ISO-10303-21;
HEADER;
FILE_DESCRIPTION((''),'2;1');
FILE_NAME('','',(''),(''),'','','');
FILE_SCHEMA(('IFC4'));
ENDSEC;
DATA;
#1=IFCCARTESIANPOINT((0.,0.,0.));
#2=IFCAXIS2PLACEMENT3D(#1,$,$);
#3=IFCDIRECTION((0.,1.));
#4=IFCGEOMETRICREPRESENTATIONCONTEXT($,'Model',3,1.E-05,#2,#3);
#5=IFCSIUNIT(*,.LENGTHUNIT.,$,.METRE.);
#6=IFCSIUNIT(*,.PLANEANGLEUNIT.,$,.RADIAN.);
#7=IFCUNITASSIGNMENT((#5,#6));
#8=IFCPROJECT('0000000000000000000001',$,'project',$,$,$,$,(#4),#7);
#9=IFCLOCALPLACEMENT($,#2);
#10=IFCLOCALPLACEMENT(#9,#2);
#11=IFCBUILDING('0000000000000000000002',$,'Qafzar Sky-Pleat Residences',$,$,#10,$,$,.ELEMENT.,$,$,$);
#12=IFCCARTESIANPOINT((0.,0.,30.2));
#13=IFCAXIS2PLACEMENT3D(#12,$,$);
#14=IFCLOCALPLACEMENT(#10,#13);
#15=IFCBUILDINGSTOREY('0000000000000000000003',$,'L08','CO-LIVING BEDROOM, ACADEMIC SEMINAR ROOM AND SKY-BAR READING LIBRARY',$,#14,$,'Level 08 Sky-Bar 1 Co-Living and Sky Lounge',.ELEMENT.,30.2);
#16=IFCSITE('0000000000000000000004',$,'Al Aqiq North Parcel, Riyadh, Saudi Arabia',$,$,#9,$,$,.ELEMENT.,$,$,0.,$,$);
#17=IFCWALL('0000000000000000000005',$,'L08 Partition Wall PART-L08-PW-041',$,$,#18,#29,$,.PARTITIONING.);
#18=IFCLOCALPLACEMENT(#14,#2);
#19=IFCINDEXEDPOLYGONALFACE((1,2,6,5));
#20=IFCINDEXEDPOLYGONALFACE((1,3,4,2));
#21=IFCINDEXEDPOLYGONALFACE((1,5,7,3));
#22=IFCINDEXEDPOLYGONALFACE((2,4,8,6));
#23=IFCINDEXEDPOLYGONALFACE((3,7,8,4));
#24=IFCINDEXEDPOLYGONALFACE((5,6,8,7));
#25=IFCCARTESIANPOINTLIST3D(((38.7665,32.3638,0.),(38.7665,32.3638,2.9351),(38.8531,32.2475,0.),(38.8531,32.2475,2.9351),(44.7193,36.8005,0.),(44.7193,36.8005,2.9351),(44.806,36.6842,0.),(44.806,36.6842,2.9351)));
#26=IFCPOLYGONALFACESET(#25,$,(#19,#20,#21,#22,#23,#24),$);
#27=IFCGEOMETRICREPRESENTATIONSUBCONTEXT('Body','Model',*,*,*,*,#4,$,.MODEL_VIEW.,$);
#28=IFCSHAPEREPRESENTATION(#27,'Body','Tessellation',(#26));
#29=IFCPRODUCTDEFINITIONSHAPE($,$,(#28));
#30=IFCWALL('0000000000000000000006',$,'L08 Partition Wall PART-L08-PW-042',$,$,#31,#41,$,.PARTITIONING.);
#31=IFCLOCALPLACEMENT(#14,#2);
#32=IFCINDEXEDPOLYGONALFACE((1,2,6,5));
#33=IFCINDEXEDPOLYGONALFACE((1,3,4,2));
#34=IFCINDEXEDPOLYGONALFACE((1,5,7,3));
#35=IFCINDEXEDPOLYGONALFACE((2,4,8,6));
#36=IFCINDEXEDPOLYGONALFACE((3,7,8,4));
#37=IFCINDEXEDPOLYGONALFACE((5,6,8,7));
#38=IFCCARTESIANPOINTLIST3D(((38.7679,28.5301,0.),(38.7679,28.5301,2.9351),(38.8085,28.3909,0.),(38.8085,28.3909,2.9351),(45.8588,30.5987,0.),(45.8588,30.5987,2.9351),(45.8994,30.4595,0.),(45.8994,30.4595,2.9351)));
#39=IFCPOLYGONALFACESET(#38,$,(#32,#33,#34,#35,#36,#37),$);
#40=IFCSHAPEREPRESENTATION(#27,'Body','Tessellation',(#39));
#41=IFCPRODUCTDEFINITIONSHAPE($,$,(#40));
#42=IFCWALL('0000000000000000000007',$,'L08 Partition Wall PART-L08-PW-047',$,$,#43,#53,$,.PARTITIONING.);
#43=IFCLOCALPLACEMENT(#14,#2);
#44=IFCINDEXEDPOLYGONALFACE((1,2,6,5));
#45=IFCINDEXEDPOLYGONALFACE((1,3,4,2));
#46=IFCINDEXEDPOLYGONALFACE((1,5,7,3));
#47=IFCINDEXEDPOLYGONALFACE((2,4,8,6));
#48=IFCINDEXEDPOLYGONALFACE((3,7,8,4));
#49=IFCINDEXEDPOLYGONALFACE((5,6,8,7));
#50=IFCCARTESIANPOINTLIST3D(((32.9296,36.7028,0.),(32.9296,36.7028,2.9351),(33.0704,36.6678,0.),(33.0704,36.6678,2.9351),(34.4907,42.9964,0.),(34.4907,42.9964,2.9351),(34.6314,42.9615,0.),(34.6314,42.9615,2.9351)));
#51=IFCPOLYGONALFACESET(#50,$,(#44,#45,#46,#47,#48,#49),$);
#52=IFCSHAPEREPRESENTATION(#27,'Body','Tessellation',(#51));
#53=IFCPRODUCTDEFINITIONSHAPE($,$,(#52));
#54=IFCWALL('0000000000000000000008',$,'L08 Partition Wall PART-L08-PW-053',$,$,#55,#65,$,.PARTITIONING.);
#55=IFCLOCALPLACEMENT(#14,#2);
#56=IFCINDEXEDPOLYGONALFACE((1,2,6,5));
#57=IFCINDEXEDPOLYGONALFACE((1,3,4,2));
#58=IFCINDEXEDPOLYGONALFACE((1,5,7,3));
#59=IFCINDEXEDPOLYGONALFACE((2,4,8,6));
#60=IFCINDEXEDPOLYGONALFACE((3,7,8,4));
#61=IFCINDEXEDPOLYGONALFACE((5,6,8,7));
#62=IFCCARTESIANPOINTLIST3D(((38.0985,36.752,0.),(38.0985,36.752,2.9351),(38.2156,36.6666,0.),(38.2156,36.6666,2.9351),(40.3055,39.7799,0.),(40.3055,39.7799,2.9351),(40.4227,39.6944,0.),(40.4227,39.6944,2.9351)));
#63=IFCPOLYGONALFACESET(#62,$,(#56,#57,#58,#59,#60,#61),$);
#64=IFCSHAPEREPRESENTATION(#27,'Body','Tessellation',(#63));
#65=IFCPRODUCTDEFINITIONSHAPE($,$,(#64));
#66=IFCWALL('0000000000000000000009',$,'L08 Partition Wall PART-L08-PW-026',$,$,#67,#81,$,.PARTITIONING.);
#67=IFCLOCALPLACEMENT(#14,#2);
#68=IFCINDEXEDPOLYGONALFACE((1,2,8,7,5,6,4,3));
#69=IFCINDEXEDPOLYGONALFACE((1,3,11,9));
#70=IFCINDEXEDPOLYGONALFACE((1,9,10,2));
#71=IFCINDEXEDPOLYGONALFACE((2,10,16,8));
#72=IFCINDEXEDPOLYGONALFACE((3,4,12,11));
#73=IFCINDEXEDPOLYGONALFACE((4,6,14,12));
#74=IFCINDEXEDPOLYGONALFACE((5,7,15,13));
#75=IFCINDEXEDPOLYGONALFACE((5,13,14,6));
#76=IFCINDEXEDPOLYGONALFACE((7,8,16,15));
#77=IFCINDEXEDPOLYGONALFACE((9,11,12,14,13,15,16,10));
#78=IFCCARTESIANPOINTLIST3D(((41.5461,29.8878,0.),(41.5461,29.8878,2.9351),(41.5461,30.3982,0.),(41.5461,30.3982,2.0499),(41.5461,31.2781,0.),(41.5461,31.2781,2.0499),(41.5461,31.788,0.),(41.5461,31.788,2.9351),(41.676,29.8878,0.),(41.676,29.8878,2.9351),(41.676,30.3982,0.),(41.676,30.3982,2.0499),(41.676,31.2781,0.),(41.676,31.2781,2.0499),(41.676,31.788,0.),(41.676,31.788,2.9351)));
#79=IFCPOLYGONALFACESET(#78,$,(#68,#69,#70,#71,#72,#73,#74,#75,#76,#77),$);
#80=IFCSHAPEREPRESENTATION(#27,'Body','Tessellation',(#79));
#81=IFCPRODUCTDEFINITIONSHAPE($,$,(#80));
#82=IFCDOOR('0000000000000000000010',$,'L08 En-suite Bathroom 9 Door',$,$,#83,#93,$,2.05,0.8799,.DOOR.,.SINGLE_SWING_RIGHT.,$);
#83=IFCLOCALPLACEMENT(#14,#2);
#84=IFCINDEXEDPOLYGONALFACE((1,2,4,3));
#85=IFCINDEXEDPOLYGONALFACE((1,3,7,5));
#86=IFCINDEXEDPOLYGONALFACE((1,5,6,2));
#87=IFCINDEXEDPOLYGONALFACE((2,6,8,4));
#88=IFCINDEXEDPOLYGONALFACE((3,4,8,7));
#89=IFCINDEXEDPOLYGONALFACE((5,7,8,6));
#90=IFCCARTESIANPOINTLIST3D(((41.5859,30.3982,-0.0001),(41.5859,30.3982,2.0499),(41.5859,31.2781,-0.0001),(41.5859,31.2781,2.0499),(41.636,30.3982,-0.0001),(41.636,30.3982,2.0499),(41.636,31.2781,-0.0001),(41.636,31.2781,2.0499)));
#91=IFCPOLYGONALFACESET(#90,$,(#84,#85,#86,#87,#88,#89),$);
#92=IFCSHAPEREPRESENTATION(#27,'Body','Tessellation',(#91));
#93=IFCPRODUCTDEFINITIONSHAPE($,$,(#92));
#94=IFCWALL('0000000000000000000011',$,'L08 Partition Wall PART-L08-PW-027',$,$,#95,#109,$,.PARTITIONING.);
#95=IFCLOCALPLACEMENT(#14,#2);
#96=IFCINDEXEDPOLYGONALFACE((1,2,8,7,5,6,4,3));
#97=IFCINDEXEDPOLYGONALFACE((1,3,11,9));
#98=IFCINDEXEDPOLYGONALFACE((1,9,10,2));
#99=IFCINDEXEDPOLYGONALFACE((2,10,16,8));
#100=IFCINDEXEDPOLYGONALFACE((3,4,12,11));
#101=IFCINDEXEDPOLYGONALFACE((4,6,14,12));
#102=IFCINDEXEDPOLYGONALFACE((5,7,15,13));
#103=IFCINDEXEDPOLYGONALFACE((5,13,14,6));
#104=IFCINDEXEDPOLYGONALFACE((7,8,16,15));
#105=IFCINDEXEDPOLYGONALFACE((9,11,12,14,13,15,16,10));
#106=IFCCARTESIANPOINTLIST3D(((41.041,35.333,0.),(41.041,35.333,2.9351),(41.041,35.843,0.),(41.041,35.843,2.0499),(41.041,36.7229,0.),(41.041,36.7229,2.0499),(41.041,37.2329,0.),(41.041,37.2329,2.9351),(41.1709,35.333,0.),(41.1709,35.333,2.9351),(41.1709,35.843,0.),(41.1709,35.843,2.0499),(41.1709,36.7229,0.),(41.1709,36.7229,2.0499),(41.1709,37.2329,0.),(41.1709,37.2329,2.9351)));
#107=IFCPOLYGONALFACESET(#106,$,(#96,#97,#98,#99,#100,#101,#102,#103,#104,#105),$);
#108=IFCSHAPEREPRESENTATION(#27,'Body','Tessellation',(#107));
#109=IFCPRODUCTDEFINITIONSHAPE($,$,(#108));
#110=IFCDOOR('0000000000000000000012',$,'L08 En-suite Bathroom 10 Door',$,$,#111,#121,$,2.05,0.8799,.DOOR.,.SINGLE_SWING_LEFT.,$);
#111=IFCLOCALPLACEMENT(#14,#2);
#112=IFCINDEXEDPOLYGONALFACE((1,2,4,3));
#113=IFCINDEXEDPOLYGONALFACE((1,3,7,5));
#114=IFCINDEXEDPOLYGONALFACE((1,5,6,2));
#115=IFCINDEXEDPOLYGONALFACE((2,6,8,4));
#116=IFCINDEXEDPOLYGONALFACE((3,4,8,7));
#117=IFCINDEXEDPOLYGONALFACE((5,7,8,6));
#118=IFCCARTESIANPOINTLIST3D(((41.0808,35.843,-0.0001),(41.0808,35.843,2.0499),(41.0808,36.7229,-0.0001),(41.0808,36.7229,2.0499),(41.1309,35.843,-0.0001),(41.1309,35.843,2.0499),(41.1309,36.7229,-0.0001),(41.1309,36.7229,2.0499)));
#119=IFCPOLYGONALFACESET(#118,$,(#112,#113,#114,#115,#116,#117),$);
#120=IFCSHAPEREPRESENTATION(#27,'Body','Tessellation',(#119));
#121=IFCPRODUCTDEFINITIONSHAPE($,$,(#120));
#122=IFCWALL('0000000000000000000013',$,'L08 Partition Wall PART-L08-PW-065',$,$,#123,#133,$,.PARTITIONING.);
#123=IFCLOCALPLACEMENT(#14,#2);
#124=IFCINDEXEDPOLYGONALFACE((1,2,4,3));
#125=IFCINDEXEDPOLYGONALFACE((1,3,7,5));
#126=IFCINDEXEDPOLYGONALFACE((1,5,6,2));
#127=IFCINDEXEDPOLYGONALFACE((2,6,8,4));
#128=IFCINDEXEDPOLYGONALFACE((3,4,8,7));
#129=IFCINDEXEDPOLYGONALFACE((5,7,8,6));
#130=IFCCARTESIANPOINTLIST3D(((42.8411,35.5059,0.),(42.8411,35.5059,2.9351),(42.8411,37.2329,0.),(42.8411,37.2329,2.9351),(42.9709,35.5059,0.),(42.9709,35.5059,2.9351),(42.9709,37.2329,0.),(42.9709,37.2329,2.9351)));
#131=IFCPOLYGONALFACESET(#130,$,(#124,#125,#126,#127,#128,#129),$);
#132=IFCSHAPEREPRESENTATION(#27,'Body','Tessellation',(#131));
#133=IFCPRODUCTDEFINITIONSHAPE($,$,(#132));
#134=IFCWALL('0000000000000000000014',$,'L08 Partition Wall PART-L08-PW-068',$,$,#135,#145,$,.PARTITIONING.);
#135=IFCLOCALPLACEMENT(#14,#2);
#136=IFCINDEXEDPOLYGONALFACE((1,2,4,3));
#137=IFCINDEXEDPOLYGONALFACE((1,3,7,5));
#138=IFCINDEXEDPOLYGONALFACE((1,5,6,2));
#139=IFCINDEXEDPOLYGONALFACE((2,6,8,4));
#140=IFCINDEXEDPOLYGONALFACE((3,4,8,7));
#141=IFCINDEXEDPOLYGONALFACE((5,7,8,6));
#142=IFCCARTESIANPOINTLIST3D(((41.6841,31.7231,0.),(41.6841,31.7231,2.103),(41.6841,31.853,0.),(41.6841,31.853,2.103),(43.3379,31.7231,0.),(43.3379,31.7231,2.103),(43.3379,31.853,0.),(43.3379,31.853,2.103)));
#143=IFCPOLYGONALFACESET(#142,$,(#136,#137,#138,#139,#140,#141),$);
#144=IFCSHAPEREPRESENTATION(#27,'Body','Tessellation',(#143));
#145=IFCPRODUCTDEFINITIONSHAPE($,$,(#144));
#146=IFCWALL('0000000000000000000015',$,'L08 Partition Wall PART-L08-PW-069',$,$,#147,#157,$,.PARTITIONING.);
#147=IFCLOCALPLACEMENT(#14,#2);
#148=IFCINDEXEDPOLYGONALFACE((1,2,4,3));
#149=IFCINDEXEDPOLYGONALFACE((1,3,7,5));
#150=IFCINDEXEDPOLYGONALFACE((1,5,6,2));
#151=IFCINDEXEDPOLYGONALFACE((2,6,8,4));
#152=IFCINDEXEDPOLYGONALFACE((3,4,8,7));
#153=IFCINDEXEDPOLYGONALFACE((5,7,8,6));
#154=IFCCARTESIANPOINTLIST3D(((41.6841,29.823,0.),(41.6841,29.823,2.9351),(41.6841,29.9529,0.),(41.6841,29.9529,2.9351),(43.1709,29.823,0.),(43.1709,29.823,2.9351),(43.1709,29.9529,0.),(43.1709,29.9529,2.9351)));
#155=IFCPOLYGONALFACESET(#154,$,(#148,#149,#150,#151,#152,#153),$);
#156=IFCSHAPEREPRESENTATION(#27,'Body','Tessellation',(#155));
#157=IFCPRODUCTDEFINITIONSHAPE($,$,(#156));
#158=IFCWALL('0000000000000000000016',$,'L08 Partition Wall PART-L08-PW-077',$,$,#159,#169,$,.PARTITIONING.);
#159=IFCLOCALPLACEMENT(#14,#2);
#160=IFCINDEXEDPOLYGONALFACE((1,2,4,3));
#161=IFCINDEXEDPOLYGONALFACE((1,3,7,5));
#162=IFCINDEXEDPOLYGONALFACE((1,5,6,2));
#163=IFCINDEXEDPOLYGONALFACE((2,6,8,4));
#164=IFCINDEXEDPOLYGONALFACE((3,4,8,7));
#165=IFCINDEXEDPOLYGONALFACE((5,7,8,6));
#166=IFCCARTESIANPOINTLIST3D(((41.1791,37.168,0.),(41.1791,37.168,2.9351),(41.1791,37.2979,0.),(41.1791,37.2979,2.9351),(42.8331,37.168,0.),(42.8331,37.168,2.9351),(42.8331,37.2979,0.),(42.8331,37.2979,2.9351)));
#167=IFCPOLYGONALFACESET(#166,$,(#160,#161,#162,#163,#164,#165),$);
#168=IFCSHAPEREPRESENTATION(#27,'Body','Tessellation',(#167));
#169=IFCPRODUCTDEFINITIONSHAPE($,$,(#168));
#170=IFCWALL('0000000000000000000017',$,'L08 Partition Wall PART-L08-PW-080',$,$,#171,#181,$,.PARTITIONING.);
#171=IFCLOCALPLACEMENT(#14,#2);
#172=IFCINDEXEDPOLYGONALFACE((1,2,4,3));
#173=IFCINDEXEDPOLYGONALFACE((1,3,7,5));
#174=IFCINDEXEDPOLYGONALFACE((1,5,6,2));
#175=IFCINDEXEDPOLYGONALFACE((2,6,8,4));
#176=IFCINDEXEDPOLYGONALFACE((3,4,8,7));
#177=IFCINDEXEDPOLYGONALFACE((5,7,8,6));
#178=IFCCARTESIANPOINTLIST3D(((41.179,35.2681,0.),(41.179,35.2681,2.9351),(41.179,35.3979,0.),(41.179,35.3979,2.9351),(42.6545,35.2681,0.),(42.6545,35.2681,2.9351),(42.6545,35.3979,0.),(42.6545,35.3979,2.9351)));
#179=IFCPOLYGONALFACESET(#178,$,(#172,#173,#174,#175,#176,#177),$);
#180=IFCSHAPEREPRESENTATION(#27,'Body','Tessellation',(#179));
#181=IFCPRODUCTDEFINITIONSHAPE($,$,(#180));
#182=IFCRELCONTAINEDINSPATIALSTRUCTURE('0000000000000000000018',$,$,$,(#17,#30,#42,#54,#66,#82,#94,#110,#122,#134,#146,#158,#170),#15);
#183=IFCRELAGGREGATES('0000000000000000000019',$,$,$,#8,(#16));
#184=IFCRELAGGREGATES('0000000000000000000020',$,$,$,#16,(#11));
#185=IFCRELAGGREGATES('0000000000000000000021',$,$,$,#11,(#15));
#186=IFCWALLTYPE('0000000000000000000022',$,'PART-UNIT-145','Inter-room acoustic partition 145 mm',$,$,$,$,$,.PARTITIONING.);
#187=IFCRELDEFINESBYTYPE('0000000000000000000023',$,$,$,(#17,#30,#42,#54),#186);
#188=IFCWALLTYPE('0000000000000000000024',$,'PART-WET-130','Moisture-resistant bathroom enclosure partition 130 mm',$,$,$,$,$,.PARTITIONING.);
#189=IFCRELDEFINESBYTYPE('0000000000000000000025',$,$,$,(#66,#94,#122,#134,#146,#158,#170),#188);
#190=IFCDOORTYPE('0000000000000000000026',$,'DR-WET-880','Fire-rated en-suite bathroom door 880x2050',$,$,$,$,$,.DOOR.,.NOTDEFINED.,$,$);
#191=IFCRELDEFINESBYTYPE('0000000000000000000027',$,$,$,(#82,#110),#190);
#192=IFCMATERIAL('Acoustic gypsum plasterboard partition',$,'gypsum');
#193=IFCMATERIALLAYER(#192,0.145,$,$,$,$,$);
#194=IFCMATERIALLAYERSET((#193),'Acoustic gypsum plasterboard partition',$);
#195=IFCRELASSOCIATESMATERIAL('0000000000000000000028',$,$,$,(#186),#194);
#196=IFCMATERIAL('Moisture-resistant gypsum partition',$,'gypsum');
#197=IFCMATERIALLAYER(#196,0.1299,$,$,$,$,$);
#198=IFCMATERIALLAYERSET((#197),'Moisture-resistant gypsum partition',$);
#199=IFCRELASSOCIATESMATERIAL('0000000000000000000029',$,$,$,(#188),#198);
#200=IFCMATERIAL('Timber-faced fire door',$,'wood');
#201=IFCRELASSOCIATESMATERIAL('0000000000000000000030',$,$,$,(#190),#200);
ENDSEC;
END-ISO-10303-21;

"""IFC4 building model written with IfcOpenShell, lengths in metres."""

from ifc_helpers import new_model, si_unit, direction, frame, frame_2d, origin, place, context, subcontext, project, spatial, rectangle, extrude, source, transform, mapped, material, layer, layer_set, type_object, element, fill, save


model = new_model("IFC4")

# Units and contexts
model_context = context("Model", 3, precision=1e-05, world=origin(), true_north=direction((0.0, 1.0)))
body_context = subcontext(model_context, "Body", "Model", "MODEL_VIEW")
ifc_project = project(units=[si_unit("LENGTHUNIT", "METRE"), si_unit("PLANEANGLEUNIT", "RADIAN")], contexts=[model_context])

# Site, building, storey
site_placement = place(None, origin())
site = spatial("IfcSite", under=ifc_project, at=site_placement, Name="Al Aqiq North Parcel, Riyadh, Saudi Arabia", CompositionType="ELEMENT", RefElevation=0.0)
building_placement = place(site_placement, origin())
building = spatial("IfcBuilding", under=site, at=building_placement, Name="Qafzar Sky-Pleat Residences", CompositionType="ELEMENT")
storey_placement = place(building_placement, frame((0.0, 0.0, 30.2)))
storey = spatial("IfcBuildingStorey", under=building, at=storey_placement, Name="L08", Description="CO-LIVING BEDROOM, ACADEMIC SEMINAR ROOM AND SKY-BAR READING LIBRARY", LongName="Level 08 Sky-Bar 1 Co-Living and Sky Lounge", CompositionType="ELEMENT", Elevation=30.2)

# Shared definitions
ifc_material_1 = material(Name="Acoustic gypsum plasterboard partition", Category="gypsum")
ifc_material_2 = material(Name="Timber-faced fire door", Category="wood")

# Walls
ifc_layer_1 = layer(ifc_material_1, 0.145)
ifc_layer_set_1 = layer_set([ifc_layer_1], Name="Acoustic gypsum plasterboard partition")
wall_type_1 = type_object("IfcWallType", Name="PART-UNIT-145", Description="Inter-room acoustic partition 145 mm", PredefinedType="PARTITIONING", material=ifc_layer_set_1)
wall_1_placement = place(storey_placement, frame((38.8098, 32.3057, 0.0), z_axis=(0.0, 0.0, 1.0), x_axis=(0.8018, 0.597593, 0.0)))
element("IfcWall", 1, at=wall_1_placement, inside=storey, type_object=wall_type_1, Name="L08 Partition Wall PART-L08-PW-041", PredefinedType="PARTITIONING", context=body_context, shape_type="SweptSolid", body=[
    extrude(rectangle(XDim=7.4243, YDim=0.145, at=frame_2d((3.7122, 0.0))), origin(), (0.0, 0.0, 1.0), 2.9351),
])
wall_2_placement = place(storey_placement, frame((38.7881, 28.4604, 0.0), z_axis=(0.0, 0.0, 1.0), x_axis=(0.959984, 0.280056, 0.0)))
element("IfcWall", 2, at=wall_2_placement, inside=storey, type_object=wall_type_1, Name="L08 Partition Wall PART-L08-PW-042", PredefinedType="PARTITIONING", context=body_context, shape_type="SweptSolid", body=[
    extrude(rectangle(XDim=7.3865, YDim=0.145, at=frame_2d((3.6934, 0.0))), origin(), (0.0, 0.0, 1.0), 2.9351),
])
wall_3_placement = place(storey_placement, frame((33.0, 36.6853, 0.0), z_axis=(0.0, 0.0, 1.0), x_axis=(0.240737, 0.97059, 0.0)))
element("IfcWall", 3, at=wall_3_placement, inside=storey, type_object=wall_type_1, Name="L08 Partition Wall PART-L08-PW-047", PredefinedType="PARTITIONING", context=body_context, shape_type="SweptSolid", body=[
    extrude(rectangle(XDim=6.4844, YDim=0.145, at=frame_2d((3.2422, 0.0))), origin(), (0.0, 0.0, 1.0), 2.9351),
])
wall_4_placement = place(storey_placement, frame((38.157, 36.7092, 0.0), z_axis=(0.0, 0.0, 1.0), x_axis=(0.589039, 0.808104, 0.0)))
element("IfcWall", 4, at=wall_4_placement, inside=storey, type_object=wall_type_1, Name="L08 Partition Wall PART-L08-PW-053", PredefinedType="PARTITIONING", context=body_context, shape_type="SweptSolid", body=[
    extrude(rectangle(XDim=3.7468, YDim=0.145, at=frame_2d((1.8735, 0.0))), origin(), (0.0, 0.0, 1.0), 2.9351),
])

# Walls, openings, doors
ifc_material_3 = material(Name="Moisture-resistant gypsum partition", Category="gypsum")
ifc_layer_2 = layer(ifc_material_3, 0.1299)
ifc_layer_set_2 = layer_set([ifc_layer_2], Name="Moisture-resistant gypsum partition")
wall_type_2 = type_object("IfcWallType", Name="PART-WET-130", Description="Moisture-resistant bathroom enclosure partition 130 mm", PredefinedType="PARTITIONING", material=ifc_layer_set_2)
wall_5_placement = place(storey_placement, frame((41.6111, 31.7881, 0.0), z_axis=(0.0, 0.0, 1.0), x_axis=(0.0, -1.0, 0.0)))
wall_5 = element("IfcWall", 5, at=wall_5_placement, inside=storey, type_object=wall_type_2, Name="L08 Partition Wall PART-L08-PW-026", PredefinedType="PARTITIONING", context=body_context, shape_type="SweptSolid", body=[
    extrude(rectangle(XDim=1.9001, YDim=0.1299, at=frame_2d((0.9502, 0.0))), origin(), (0.0, 0.0, 1.0), 2.9351),
])
opening_1_placement = place(wall_5_placement, frame((0.51, 0.0, 0.0)))
opening_1 = element("IfcOpeningElement", 6, at=opening_1_placement, cuts=wall_5, PredefinedType="OPENING", context=body_context, shape_type="SweptSolid", body=[
    extrude(rectangle(XDim=0.8799, YDim=2.05, at=frame_2d((0.4399, 1.0249))), frame((0.0, 0.075, 0.0), z_axis=(0.0, -1.0, 0.0), x_axis=(1.0, 0.0, 0.0)), (0.0, 0.0, 1.0), 0.1499),
])
door_type_1 = type_object("IfcDoorType", Name="DR-WET-880", Description="Fire-rated en-suite bathroom door 880x2050", OperationType="NOTDEFINED", PredefinedType="DOOR", material=ifc_material_2)
shared_shape_1 = source(origin(), body_context, "Body", "SweptSolid", [
    extrude(rectangle(XDim=0.8799, YDim=2.05, at=frame_2d((0.4399, 1.0249))), frame((0.0, 0.0249, 0.0), z_axis=(0.0, -1.0, 0.0), x_axis=(1.0, 0.0, 0.0)), (0.0, 0.0, 1.0), 0.05),
])
door_1_placement = place(opening_1_placement, origin())
door_1 = element("IfcDoor", 7, at=door_1_placement, inside=storey, type_object=door_type_1, Name="L08 En-suite Bathroom 9 Door", OperationType="SINGLE_SWING_RIGHT", OverallHeight=2.05, OverallWidth=0.8799, PredefinedType="DOOR", context=body_context, shape_type="MappedRepresentation", body=[
    mapped(shared_shape_1, transform((0.0, 0.0, 0.0), x_axis=(1.0, 0.0, 0.0), y_axis=(0.0, 1.0, 0.0), z_axis=(0.0, 0.0, 1.0), scale=1.0)),
])
fill(opening_1, door_1)
wall_6_placement = place(storey_placement, frame((41.106, 37.2329, 0.0), z_axis=(0.0, 0.0, 1.0), x_axis=(0.0, -1.0, 0.0)))
wall_6 = element("IfcWall", 8, at=wall_6_placement, inside=storey, type_object=wall_type_2, Name="L08 Partition Wall PART-L08-PW-027", PredefinedType="PARTITIONING", context=body_context, shape_type="SweptSolid", body=[
    extrude(rectangle(XDim=1.8999, YDim=0.1299, at=frame_2d((0.95, 0.0))), origin(), (0.0, 0.0, 1.0), 2.9351),
])
opening_2_placement = place(wall_6_placement, frame((0.51, 0.0, 0.0)))
opening_2 = element("IfcOpeningElement", 9, at=opening_2_placement, cuts=wall_6, PredefinedType="OPENING", context=body_context, shape_type="SweptSolid", body=[
    extrude(rectangle(XDim=0.8799, YDim=2.05, at=frame_2d((0.4399, 1.0249))), frame((0.0, 0.075, 0.0), z_axis=(0.0, -1.0, 0.0), x_axis=(1.0, 0.0, 0.0)), (0.0, 0.0, 1.0), 0.1499),
])
door_2_placement = place(opening_2_placement, origin())
door_2 = element("IfcDoor", 10, at=door_2_placement, inside=storey, type_object=door_type_1, Name="L08 En-suite Bathroom 10 Door", OperationType="SINGLE_SWING_LEFT", OverallHeight=2.05, OverallWidth=0.8799, PredefinedType="DOOR", context=body_context, shape_type="MappedRepresentation", body=[
    mapped(shared_shape_1, transform((0.0, 0.0, 0.0), x_axis=(1.0, 0.0, 0.0), y_axis=(0.0, 1.0, 0.0), z_axis=(0.0, 0.0, 1.0), scale=1.0)),
])
fill(opening_2, door_2)

# Walls
wall_7_placement = place(storey_placement, frame((42.906, 35.5059, 0.0), z_axis=(0.0, 0.0, 1.0), x_axis=(0.0, 1.0, 0.0)))
element("IfcWall", 11, at=wall_7_placement, inside=storey, type_object=wall_type_2, Name="L08 Partition Wall PART-L08-PW-065", PredefinedType="PARTITIONING", context=body_context, shape_type="SweptSolid", body=[
    extrude(rectangle(XDim=1.7271, YDim=0.1299, at=frame_2d((0.8635, 0.0))), origin(), (0.0, 0.0, 1.0), 2.9351),
])
wall_8_placement = place(storey_placement, frame((41.6841, 31.7881, 0.0), z_axis=(0.0, 0.0, 1.0), x_axis=(1.0, 0.0, 0.0)))
element("IfcWall", 12, at=wall_8_placement, inside=storey, type_object=wall_type_2, Name="L08 Partition Wall PART-L08-PW-068", PredefinedType="PARTITIONING", context=body_context, shape_type="SweptSolid", body=[
    extrude(rectangle(XDim=1.6538, YDim=0.1299, at=frame_2d((0.8269, 0.0))), origin(), (0.0, 0.0, 1.0), 2.103),
])
wall_9_placement = place(storey_placement, frame((41.6841, 29.8879, 0.0), z_axis=(0.0, 0.0, 1.0), x_axis=(1.0, 0.0, 0.0)))
element("IfcWall", 13, at=wall_9_placement, inside=storey, type_object=wall_type_2, Name="L08 Partition Wall PART-L08-PW-069", PredefinedType="PARTITIONING", context=body_context, shape_type="SweptSolid", body=[
    extrude(rectangle(XDim=1.4868, YDim=0.1299, at=frame_2d((0.7434, 0.0))), origin(), (0.0, 0.0, 1.0), 2.9351),
])
wall_10_placement = place(storey_placement, frame((41.179, 37.2329, 0.0), z_axis=(0.0, 0.0, 1.0), x_axis=(1.0, 0.0, 0.0)))
element("IfcWall", 14, at=wall_10_placement, inside=storey, type_object=wall_type_2, Name="L08 Partition Wall PART-L08-PW-077", PredefinedType="PARTITIONING", context=body_context, shape_type="SweptSolid", body=[
    extrude(rectangle(XDim=1.6541, YDim=0.1299, at=frame_2d((0.8271, 0.0))), origin(), (0.0, 0.0, 1.0), 2.9351),
])
wall_11_placement = place(storey_placement, frame((41.179, 35.333, 0.0), z_axis=(0.0, 0.0, 1.0), x_axis=(1.0, 0.0, 0.0)))
element("IfcWall", 15, at=wall_11_placement, inside=storey, type_object=wall_type_2, Name="L08 Partition Wall PART-L08-PW-080", PredefinedType="PARTITIONING", context=body_context, shape_type="SweptSolid", body=[
    extrude(rectangle(XDim=1.4756, YDim=0.1299, at=frame_2d((0.7378, 0.0))), origin(), (0.0, 0.0, 1.0), 2.9351),
])

save(model, "model.ifc")
